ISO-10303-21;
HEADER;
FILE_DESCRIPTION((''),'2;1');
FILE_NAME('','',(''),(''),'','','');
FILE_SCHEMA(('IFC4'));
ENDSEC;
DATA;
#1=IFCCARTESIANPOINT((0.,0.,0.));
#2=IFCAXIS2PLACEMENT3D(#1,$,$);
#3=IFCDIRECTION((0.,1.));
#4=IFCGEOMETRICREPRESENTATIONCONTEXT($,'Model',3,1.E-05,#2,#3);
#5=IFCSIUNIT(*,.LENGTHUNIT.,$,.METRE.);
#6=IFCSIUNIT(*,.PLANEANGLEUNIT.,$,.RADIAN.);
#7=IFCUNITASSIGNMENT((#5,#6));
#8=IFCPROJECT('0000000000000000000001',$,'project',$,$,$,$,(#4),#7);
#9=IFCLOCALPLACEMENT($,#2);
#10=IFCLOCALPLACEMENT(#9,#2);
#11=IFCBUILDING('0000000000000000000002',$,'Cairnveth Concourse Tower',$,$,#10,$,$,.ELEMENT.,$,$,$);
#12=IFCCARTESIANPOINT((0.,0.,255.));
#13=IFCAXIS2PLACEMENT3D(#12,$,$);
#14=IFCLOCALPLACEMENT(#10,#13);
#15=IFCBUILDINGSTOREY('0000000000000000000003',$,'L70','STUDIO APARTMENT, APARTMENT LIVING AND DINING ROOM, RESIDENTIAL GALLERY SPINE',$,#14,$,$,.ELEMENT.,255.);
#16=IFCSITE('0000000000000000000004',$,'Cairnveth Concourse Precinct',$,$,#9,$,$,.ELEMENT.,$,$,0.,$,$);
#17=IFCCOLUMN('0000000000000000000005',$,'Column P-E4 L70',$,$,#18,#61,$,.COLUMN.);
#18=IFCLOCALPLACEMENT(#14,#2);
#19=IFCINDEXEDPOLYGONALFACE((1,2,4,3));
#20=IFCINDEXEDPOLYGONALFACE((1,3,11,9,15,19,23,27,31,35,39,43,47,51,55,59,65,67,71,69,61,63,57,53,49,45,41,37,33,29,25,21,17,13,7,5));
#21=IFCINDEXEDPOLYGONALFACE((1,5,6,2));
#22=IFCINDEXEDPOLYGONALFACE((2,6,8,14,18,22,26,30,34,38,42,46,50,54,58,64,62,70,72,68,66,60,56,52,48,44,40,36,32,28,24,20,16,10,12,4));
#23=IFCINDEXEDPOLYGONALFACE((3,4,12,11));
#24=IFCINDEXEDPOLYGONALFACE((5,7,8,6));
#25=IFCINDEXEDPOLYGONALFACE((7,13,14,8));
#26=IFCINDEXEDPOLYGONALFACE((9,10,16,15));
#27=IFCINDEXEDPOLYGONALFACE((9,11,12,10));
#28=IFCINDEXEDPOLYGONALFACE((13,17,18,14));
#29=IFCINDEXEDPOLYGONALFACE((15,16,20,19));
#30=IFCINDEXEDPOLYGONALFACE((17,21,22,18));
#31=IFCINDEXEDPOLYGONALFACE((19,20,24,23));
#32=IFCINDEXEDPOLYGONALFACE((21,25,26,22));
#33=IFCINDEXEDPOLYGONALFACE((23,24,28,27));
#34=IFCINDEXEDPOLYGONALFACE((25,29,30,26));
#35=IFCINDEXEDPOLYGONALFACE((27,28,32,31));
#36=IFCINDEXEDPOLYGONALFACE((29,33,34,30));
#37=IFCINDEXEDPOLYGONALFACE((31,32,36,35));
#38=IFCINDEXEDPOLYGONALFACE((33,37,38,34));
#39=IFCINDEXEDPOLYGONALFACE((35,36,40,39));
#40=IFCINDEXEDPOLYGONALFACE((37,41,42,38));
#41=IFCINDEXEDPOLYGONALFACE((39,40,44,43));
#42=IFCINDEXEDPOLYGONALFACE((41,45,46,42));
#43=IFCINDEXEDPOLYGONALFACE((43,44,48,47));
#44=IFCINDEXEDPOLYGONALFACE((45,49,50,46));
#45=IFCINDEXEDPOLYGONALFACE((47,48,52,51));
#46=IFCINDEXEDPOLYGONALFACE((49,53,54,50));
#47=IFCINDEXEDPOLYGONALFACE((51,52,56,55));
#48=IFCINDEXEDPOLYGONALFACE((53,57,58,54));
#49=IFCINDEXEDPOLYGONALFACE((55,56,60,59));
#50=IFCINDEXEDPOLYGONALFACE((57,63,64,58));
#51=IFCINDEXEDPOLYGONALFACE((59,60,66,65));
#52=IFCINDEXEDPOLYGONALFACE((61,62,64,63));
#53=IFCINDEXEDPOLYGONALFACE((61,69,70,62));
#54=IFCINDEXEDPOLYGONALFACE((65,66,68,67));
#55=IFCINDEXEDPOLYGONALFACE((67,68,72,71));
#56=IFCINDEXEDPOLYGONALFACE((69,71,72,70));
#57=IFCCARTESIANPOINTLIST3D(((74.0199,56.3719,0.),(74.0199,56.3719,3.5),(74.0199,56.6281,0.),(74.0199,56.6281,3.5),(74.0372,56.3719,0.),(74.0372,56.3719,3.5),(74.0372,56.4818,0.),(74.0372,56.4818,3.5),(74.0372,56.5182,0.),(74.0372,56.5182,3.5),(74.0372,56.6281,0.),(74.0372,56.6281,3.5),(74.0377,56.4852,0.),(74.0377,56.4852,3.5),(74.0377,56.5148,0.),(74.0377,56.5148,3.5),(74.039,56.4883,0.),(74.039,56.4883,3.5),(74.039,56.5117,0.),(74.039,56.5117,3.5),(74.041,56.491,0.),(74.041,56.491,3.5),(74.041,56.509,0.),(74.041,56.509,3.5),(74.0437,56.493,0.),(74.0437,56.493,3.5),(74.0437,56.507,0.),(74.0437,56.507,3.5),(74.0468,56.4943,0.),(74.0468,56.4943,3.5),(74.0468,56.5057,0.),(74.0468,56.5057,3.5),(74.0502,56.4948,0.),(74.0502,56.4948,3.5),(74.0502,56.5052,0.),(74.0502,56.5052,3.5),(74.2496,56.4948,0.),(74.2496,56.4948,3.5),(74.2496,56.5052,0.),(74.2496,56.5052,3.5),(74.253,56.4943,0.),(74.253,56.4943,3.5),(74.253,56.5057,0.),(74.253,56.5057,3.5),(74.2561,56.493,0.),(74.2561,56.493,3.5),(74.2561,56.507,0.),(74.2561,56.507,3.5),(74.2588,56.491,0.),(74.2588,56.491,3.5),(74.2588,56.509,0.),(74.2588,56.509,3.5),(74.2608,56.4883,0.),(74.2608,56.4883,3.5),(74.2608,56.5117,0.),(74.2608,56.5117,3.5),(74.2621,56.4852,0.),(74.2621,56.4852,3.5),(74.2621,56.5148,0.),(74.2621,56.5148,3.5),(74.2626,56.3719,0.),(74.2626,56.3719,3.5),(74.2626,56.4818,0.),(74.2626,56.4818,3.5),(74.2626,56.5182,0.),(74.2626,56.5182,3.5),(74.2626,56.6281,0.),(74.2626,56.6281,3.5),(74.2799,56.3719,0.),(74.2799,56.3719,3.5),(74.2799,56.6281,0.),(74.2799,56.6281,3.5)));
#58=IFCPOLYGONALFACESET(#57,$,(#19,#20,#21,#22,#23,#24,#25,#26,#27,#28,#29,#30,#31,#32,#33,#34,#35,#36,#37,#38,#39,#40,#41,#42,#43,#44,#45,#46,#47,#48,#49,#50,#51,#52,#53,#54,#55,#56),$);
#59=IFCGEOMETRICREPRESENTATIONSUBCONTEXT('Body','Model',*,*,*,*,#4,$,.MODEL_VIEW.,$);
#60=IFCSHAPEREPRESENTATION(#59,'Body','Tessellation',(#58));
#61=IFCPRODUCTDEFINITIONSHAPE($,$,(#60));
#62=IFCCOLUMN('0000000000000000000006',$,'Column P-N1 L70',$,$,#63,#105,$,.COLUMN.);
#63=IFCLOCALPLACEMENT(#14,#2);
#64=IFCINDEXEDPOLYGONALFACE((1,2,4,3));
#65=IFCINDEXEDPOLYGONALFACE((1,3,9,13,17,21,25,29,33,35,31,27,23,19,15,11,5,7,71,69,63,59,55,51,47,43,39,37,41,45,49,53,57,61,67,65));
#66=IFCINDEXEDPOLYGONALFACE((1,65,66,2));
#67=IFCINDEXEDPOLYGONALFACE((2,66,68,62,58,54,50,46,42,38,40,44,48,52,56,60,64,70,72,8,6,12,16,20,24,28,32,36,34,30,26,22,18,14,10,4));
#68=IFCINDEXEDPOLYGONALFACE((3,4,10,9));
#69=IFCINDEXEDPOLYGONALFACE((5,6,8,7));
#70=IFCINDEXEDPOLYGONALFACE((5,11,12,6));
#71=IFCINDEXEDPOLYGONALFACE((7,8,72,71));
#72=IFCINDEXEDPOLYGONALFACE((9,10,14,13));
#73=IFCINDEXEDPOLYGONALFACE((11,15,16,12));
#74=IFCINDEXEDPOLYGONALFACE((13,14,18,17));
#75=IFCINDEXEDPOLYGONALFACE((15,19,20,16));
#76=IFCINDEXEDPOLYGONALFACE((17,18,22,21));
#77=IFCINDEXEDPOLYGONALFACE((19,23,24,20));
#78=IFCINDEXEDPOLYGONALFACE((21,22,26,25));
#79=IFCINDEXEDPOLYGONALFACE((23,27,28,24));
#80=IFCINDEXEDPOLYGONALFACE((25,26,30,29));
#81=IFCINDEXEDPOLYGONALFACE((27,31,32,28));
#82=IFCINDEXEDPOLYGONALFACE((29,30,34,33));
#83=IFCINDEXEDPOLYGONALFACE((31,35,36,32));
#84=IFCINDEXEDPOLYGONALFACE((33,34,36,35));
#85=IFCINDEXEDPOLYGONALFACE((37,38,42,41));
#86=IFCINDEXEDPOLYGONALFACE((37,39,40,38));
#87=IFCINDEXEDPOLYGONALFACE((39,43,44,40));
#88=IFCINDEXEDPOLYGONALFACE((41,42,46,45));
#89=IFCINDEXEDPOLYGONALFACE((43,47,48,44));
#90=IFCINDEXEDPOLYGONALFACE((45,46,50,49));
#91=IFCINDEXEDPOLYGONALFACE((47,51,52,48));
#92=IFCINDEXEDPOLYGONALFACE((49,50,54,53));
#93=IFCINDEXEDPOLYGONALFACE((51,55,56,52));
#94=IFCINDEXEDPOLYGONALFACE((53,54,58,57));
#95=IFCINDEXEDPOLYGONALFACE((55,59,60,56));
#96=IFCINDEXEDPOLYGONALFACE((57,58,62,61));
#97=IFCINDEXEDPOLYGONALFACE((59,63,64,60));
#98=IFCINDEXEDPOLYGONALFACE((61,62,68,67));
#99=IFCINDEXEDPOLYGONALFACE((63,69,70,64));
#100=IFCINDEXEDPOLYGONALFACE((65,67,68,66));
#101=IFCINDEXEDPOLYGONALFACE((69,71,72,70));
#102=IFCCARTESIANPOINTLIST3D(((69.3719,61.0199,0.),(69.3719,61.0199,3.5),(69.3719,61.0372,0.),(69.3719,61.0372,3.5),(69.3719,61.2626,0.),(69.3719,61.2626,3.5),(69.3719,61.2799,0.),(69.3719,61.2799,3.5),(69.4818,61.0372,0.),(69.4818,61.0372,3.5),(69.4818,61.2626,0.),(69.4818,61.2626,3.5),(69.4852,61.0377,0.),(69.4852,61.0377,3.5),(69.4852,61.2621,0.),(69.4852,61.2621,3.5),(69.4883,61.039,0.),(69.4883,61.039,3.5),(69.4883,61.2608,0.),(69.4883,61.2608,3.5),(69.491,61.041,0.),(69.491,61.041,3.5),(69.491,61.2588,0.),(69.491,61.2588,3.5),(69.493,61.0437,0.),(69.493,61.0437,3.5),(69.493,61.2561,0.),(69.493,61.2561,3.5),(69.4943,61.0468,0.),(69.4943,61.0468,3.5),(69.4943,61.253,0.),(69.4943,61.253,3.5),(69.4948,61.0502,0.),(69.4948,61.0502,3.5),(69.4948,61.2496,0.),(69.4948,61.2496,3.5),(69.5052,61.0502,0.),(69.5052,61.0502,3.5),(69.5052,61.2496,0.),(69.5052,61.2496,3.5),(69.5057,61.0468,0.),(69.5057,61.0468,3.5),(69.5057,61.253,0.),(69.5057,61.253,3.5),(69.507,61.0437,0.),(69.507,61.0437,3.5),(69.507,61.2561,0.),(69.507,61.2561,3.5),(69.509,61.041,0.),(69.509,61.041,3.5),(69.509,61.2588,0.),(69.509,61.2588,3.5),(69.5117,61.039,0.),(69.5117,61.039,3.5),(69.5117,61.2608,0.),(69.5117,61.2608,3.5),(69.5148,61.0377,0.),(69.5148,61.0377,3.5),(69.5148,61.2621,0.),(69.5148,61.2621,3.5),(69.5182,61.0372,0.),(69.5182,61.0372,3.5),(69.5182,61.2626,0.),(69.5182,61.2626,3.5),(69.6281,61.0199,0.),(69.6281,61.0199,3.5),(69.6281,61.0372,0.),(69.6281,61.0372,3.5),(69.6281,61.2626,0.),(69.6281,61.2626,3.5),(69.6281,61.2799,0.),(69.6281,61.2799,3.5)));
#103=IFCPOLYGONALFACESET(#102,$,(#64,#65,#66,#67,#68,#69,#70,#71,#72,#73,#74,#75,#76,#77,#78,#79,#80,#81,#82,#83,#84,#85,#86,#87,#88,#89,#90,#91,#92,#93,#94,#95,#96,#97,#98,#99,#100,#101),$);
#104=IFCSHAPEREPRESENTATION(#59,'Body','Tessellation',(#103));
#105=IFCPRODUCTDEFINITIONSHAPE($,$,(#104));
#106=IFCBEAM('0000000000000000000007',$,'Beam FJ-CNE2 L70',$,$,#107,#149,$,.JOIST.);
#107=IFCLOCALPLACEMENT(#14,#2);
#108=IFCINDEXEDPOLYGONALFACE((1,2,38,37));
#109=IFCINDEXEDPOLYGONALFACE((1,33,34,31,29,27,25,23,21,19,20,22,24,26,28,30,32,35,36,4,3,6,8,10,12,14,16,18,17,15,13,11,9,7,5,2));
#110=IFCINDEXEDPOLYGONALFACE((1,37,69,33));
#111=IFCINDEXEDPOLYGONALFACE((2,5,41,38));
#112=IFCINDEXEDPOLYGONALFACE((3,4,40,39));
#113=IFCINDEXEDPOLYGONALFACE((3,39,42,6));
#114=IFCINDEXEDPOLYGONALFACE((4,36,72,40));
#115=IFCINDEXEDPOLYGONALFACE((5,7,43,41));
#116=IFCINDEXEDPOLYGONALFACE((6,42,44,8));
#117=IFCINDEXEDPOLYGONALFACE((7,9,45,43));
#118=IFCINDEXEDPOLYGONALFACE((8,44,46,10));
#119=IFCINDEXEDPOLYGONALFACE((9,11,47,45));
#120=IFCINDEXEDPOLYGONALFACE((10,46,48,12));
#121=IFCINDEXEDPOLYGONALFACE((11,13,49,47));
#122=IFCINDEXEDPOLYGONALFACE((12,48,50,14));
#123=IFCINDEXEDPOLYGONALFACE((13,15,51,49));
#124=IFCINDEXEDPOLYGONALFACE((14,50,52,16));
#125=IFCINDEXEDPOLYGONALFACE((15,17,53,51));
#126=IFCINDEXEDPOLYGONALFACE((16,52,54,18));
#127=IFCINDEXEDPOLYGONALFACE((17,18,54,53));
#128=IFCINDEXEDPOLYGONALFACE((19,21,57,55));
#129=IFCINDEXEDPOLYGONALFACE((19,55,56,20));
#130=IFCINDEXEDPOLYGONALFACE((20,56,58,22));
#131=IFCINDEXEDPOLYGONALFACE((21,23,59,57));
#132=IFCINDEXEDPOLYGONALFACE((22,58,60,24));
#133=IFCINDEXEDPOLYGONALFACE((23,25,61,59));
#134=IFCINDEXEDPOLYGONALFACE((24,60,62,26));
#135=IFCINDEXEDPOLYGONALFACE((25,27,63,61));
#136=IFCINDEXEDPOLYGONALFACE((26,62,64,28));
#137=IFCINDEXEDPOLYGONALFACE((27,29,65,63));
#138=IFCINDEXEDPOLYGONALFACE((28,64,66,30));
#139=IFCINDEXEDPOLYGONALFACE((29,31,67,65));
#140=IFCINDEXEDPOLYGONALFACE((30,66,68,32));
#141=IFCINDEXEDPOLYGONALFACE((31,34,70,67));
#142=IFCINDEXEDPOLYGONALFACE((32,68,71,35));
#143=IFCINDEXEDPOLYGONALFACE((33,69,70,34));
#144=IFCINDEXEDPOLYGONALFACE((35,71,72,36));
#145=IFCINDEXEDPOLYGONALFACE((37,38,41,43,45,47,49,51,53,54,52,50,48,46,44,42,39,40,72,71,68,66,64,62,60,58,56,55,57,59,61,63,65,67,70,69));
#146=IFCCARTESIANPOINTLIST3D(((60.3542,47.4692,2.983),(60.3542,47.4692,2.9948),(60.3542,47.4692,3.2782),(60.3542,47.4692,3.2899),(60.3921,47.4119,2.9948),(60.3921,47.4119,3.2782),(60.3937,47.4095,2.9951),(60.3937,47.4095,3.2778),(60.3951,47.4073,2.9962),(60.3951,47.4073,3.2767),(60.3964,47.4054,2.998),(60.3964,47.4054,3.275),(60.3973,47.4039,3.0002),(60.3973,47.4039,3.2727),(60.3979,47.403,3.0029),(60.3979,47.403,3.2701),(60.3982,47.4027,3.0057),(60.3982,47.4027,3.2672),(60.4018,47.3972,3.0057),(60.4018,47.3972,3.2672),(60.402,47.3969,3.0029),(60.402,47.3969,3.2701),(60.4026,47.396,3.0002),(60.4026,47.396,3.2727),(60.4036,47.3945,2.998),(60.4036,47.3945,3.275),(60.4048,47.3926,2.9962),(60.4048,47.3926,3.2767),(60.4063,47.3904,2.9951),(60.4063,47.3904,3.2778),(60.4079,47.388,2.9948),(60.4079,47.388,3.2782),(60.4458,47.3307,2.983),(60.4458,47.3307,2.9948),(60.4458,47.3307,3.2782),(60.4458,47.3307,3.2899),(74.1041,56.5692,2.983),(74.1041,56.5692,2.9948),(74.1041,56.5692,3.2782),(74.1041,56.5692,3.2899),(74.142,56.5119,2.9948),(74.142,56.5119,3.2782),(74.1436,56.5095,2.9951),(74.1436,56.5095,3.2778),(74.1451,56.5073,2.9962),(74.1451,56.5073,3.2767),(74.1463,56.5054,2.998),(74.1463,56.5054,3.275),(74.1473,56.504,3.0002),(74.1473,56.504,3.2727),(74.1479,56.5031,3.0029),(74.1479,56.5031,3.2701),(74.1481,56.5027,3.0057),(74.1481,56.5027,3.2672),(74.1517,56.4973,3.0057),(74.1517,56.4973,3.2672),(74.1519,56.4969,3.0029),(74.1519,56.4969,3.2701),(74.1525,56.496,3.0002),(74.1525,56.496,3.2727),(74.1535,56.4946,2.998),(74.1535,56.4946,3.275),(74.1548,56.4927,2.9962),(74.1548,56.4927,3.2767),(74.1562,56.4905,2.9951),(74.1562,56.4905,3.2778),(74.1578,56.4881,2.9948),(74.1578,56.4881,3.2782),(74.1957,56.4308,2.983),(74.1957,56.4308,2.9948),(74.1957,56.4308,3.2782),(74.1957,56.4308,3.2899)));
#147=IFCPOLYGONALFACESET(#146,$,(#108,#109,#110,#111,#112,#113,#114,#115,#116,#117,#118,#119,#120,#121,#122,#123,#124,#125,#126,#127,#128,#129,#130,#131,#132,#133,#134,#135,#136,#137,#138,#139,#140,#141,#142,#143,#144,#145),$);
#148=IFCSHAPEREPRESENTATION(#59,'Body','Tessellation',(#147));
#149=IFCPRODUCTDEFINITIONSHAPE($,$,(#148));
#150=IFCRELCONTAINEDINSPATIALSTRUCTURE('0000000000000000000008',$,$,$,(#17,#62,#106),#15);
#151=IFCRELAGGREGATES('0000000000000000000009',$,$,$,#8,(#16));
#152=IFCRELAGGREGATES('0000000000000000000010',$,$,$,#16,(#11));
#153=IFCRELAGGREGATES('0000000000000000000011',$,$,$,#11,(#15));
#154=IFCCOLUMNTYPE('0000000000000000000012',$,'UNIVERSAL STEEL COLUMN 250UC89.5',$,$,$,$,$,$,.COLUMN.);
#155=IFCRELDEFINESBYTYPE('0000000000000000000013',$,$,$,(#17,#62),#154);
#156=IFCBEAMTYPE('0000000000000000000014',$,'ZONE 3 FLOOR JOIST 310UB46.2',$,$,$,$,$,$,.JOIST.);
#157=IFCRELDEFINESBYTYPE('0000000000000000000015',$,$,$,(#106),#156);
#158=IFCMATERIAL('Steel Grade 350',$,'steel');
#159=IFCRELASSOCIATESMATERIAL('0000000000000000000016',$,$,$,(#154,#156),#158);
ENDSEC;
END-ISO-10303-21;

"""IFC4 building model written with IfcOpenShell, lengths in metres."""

from ifc_helpers import new_model, si_unit, direction, frame, origin, origin_2d, place, context, subcontext, project, spatial, i_section, extrude, material, material_profile, profile_set, type_object, element, save


model = new_model("IFC4")

# Units and contexts
model_context = context("Model", 3, precision=1e-05, world=origin(), true_north=direction((0.0, 1.0)))
body_context = subcontext(model_context, "Body", "Model", "MODEL_VIEW")
ifc_project = project(units=[si_unit("LENGTHUNIT", "METRE"), si_unit("PLANEANGLEUNIT", "RADIAN")], contexts=[model_context])

# Site, building, storey
site_placement = place(None, origin())
site = spatial("IfcSite", under=ifc_project, at=site_placement, Name="Cairnveth Concourse Precinct", CompositionType="ELEMENT", RefElevation=0.0)
building_placement = place(site_placement, origin())
building = spatial("IfcBuilding", under=site, at=building_placement, Name="Cairnveth Concourse Tower", CompositionType="ELEMENT")
storey_placement = place(building_placement, frame((0.0, 0.0, 255.0)))
storey = spatial("IfcBuildingStorey", under=building, at=storey_placement, Name="L70", Description="STUDIO APARTMENT, APARTMENT LIVING AND DINING ROOM, RESIDENTIAL GALLERY SPINE", CompositionType="ELEMENT", Elevation=255.0)

# Columns
ifc_material_1 = material(Name="Steel Grade 350", Category="steel")
ifc_material_profile_1 = material_profile(ifc_material_1, i_section(OverallWidth=0.2561, OverallDepth=0.26, WebThickness=0.0105, FlangeThickness=0.0173, FilletRadius=0.0129, at=origin_2d()), Name="250UC89.5")
ifc_profile_set_1 = profile_set([ifc_material_profile_1], Name="Steel Grade 350")
column_type = type_object("IfcColumnType", Name="UNIVERSAL STEEL COLUMN 250UC89.5", PredefinedType="COLUMN", material=ifc_profile_set_1)
for number, where, z_axis, x_axis, name in (
    (1, (74.1499, 56.5, 0.0), (0.0, 0.0, 1.0), (0.0, 1.0, 0.0), "Column P-E4 L70"),
    (2, (69.5, 61.1499, 0.0), (0.0, 0.0, 1.0), (1.0, 0.0, 0.0), "Column P-N1 L70"),
):
    element("IfcColumn", number, at=place(storey_placement, frame(where, z_axis=z_axis, x_axis=x_axis)), inside=storey, type_object=column_type, Name=name, PredefinedType="COLUMN", context=body_context, shape_type="SweptSolid", body=[
        extrude(i_section(OverallWidth=0.2561, OverallDepth=0.26, WebThickness=0.0105, FlangeThickness=0.0173, FilletRadius=0.0129, at=origin_2d()), origin(), (0.0, 0.0, 1.0), 3.5),
    ])

# Beam
ifc_material_profile_2 = material_profile(ifc_material_1, i_section(OverallWidth=0.166, OverallDepth=0.3069, WebThickness=0.0066, FlangeThickness=0.0117, FilletRadius=0.011, at=origin_2d()), Name="310UB46.2")
ifc_profile_set_2 = profile_set([ifc_material_profile_2], Name="Steel Grade 350")
beam_type_1 = type_object("IfcBeamType", Name="ZONE 3 FLOOR JOIST 310UB46.2", PredefinedType="JOIST", material=ifc_profile_set_2)
beam_1_placement = place(storey_placement, frame((74.1499, 56.5, 3.1365), z_axis=(-0.833909, -0.551902, 0.0), x_axis=(0.551902, -0.833909, 0.0)))
element("IfcBeam", 3, at=beam_1_placement, inside=storey, type_object=beam_type_1, Name="Beam FJ-CNE2 L70", PredefinedType="JOIST", context=body_context, shape_type="SweptSolid", body=[
    extrude(i_section(OverallWidth=0.166, OverallDepth=0.3069, WebThickness=0.0066, FlangeThickness=0.0117, FilletRadius=0.011, at=origin_2d()), origin(), (0.0, 0.0, 1.0), 16.4885),
])

save(model, "model.ifc")
